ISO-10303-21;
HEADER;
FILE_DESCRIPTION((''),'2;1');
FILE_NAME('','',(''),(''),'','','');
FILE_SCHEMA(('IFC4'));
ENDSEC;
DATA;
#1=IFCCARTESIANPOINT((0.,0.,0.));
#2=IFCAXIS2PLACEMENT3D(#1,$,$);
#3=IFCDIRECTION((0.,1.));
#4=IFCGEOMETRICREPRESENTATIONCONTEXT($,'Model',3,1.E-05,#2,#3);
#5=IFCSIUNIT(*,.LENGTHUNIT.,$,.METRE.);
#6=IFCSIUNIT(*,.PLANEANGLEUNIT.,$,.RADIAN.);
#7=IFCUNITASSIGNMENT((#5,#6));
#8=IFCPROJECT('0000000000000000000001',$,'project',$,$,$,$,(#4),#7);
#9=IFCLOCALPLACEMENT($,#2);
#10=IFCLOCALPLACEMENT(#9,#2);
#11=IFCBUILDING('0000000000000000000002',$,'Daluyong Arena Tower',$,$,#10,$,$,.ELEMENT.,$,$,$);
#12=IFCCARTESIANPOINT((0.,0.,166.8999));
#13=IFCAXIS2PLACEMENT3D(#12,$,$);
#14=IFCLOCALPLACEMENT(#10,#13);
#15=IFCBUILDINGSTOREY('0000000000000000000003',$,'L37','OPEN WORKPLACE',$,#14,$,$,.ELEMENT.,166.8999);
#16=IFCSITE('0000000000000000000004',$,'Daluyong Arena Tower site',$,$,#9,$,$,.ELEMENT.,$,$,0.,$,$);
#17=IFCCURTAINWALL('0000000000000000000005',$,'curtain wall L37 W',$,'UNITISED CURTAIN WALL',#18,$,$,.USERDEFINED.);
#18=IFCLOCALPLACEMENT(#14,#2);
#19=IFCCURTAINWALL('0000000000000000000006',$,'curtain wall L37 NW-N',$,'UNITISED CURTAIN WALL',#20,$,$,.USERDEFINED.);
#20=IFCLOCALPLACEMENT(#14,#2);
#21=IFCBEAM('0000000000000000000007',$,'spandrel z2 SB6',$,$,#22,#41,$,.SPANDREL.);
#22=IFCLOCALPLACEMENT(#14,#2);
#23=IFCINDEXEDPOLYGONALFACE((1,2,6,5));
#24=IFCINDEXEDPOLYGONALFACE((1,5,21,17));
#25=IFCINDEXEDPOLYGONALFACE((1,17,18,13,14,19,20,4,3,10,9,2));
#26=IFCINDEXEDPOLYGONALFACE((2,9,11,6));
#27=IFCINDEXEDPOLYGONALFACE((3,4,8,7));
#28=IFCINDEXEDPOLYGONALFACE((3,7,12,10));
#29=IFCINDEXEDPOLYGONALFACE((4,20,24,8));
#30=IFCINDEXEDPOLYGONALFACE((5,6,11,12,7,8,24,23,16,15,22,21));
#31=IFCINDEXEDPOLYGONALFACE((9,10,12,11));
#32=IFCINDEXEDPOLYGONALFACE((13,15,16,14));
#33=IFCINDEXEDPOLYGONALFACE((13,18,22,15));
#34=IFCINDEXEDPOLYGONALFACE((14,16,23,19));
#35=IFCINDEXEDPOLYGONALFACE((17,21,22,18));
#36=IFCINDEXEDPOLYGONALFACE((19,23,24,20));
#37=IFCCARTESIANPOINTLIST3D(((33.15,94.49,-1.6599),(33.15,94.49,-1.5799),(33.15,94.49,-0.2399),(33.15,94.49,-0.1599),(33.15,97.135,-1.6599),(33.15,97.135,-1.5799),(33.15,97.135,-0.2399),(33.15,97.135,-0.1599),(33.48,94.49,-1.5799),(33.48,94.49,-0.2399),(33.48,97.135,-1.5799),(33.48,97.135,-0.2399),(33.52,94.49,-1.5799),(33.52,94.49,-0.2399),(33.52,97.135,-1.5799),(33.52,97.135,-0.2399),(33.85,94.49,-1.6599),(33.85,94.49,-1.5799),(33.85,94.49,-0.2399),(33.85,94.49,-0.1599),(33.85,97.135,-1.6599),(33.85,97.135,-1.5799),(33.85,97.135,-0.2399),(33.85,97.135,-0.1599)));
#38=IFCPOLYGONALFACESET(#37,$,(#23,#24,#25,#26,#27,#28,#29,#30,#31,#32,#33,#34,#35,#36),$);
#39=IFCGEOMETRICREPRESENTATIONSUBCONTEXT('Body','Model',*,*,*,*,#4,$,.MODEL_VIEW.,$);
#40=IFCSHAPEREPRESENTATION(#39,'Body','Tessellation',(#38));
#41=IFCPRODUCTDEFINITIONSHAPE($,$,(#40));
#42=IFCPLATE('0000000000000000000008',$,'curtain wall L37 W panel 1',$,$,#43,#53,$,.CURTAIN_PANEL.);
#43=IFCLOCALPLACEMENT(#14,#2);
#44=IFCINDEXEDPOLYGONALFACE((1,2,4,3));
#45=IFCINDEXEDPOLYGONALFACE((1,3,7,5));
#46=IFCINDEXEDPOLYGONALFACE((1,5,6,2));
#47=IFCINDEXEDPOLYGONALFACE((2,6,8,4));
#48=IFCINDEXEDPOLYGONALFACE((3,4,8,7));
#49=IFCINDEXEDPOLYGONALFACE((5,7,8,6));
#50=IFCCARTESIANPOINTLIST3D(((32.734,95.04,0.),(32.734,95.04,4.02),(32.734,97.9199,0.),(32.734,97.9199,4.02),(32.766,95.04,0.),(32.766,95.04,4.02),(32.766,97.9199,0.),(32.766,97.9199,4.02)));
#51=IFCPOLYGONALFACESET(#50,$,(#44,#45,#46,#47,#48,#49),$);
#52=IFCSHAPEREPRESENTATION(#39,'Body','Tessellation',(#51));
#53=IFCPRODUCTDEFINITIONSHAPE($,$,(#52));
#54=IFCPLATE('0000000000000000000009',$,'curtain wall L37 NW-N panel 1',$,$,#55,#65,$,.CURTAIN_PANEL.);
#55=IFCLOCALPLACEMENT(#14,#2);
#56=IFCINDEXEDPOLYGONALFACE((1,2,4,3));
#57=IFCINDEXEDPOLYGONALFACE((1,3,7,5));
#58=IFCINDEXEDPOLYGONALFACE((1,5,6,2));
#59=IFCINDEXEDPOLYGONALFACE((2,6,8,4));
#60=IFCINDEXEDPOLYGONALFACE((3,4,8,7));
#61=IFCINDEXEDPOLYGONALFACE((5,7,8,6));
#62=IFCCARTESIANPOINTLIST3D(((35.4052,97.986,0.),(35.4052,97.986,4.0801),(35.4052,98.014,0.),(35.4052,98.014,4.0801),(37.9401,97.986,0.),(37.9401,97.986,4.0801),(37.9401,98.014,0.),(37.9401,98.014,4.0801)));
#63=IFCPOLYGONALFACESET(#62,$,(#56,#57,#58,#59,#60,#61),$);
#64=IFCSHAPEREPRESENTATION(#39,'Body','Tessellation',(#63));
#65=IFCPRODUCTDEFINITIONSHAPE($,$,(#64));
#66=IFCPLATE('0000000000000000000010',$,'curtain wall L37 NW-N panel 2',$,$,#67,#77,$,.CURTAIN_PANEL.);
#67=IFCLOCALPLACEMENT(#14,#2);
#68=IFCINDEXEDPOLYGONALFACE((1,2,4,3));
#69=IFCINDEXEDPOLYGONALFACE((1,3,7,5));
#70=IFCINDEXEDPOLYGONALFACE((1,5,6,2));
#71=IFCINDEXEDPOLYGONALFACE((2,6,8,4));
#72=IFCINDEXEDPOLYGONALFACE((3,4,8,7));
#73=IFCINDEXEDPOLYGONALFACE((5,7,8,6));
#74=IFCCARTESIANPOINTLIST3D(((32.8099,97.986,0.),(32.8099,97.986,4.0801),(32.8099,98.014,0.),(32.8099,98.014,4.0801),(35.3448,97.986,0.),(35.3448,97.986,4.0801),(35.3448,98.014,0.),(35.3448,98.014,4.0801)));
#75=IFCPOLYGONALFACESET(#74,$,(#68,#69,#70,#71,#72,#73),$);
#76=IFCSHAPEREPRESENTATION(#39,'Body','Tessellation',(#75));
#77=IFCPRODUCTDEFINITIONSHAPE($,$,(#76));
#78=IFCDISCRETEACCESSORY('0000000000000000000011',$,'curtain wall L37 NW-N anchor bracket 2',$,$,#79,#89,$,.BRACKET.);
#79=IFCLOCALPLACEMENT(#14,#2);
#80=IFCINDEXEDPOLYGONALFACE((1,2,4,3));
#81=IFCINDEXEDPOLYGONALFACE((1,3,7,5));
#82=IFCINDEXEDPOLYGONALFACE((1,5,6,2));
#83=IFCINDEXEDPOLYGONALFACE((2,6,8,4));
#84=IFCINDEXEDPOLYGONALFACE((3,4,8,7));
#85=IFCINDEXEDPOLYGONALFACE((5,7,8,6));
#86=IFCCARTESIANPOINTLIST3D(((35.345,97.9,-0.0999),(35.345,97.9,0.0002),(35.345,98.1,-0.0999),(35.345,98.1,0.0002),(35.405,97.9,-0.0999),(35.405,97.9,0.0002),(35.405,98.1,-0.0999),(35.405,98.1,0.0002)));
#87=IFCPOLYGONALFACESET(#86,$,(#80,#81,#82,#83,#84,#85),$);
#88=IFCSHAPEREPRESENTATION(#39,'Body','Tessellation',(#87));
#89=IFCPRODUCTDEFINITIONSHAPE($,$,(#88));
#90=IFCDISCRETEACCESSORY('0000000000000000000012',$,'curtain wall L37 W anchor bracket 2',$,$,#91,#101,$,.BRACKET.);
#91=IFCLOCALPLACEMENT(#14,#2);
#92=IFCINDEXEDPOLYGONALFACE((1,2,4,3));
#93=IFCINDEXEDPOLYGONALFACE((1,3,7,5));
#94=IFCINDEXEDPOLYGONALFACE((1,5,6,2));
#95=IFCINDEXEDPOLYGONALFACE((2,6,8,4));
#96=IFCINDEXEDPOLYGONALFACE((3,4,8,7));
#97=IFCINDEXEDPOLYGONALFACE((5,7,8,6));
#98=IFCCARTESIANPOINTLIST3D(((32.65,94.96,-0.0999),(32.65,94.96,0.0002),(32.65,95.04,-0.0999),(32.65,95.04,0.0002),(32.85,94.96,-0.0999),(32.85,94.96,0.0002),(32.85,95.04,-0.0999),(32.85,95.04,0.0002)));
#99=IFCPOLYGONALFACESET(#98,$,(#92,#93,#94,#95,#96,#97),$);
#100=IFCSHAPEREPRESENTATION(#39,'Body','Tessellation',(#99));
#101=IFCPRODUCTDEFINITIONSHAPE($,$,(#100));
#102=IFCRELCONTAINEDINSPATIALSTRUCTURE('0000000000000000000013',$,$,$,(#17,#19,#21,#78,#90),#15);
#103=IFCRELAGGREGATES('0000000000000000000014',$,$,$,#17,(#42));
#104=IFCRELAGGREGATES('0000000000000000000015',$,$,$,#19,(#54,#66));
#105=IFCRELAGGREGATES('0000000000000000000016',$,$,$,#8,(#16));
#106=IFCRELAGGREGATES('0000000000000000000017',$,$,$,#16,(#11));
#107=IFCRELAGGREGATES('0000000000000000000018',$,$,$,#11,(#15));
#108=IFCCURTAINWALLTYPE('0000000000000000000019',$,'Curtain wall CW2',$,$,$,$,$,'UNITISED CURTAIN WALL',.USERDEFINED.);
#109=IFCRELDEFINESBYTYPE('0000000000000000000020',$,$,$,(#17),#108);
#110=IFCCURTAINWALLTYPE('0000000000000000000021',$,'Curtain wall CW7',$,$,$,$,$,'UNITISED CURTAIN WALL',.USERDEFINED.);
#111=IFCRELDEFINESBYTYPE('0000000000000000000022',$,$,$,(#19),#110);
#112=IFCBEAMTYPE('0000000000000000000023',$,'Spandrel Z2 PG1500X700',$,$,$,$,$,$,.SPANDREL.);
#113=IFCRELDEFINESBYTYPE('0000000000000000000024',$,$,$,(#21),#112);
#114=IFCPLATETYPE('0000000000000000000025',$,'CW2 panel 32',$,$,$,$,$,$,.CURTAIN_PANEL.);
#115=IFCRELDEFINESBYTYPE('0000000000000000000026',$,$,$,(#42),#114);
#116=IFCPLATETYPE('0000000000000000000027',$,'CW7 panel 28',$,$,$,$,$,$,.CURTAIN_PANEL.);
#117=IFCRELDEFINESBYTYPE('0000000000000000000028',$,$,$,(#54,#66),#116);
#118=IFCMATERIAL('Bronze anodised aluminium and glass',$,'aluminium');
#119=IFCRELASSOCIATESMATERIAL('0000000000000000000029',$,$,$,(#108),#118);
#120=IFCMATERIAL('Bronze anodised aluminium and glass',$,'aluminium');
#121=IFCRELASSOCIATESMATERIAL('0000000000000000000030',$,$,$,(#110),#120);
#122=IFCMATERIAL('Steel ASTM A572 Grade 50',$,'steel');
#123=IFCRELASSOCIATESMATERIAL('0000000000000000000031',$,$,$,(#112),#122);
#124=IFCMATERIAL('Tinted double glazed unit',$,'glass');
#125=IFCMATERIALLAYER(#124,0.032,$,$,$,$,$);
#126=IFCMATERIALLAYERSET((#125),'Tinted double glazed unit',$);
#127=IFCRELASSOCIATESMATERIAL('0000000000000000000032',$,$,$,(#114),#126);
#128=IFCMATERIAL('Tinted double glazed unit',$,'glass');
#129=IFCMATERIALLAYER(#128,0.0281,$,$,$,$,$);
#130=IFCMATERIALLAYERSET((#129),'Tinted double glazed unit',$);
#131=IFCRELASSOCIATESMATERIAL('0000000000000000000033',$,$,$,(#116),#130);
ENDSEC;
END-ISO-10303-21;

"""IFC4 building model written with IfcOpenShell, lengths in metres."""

from ifc_helpers import new_model, si_unit, direction, frame, origin, origin_2d, place, context, subcontext, project, spatial, rectangle, i_section, extrude, material, layer, layer_set, material_profile, profile_set, type_object, element, aggregate, save


model = new_model("IFC4")

# Units and contexts
model_context = context("Model", 3, precision=1e-05, world=origin(), true_north=direction((0.0, 1.0)))
body_context = subcontext(model_context, "Body", "Model", "MODEL_VIEW")
ifc_project = project(units=[si_unit("LENGTHUNIT", "METRE"), si_unit("PLANEANGLEUNIT", "RADIAN")], contexts=[model_context])

# Site, building, storey
site_placement = place(None, origin())
site = spatial("IfcSite", under=ifc_project, at=site_placement, Name="Daluyong Arena Tower site", CompositionType="ELEMENT", RefElevation=0.0)
building_placement = place(site_placement, origin())
building = spatial("IfcBuilding", under=site, at=building_placement, Name="Daluyong Arena Tower", CompositionType="ELEMENT")
storey_placement = place(building_placement, frame((0.0, 0.0, 166.8999)))
storey = spatial("IfcBuildingStorey", under=building, at=storey_placement, Name="L37", Description="OPEN WORKPLACE", CompositionType="ELEMENT", Elevation=166.8999)

# Curtain walls
ifc_material_1 = material(Name="Bronze anodised aluminium and glass", Category="aluminium")
curtain_wall_type_1 = type_object("IfcCurtainWallType", Name="Curtain wall CW2", ElementType="UNITISED CURTAIN WALL", PredefinedType="USERDEFINED", material=ifc_material_1)
curtain_wall_1_placement = place(storey_placement, origin())
curtain_wall_1 = element("IfcCurtainWall", 1, at=curtain_wall_1_placement, inside=storey, type_object=curtain_wall_type_1, Name="curtain wall L37 W", ObjectType="UNITISED CURTAIN WALL", PredefinedType="USERDEFINED")
ifc_material_2 = material(Name="Bronze anodised aluminium and glass", Category="aluminium")
curtain_wall_type_2 = type_object("IfcCurtainWallType", Name="Curtain wall CW7", ElementType="UNITISED CURTAIN WALL", PredefinedType="USERDEFINED", material=ifc_material_2)
curtain_wall_2_placement = place(storey_placement, origin())
curtain_wall_2 = element("IfcCurtainWall", 2, at=curtain_wall_2_placement, inside=storey, type_object=curtain_wall_type_2, Name="curtain wall L37 NW-N", ObjectType="UNITISED CURTAIN WALL", PredefinedType="USERDEFINED")

# Beam
ifc_material_3 = material(Name="Steel ASTM A572 Grade 50", Category="steel")
ifc_material_profile_1 = material_profile(ifc_material_3, i_section(OverallWidth=0.7, OverallDepth=1.5, WebThickness=0.04, FlangeThickness=0.08, at=origin_2d()))
ifc_profile_set_1 = profile_set([ifc_material_profile_1], Name="Steel ASTM A572 Grade 50")
beam_type = type_object("IfcBeamType", Name="Spandrel Z2 PG1500X700", PredefinedType="SPANDREL", material=ifc_profile_set_1)
beam_1_placement = place(storey_placement, frame((33.5, 97.135, -0.9099), z_axis=(0.0, -1.0, 0.0), x_axis=(1.0, 0.0, 0.0)))
element("IfcBeam", 3, at=beam_1_placement, inside=storey, type_object=beam_type, Name="spandrel z2 SB6", PredefinedType="SPANDREL", context=body_context, shape_type="SweptSolid", body=[
    extrude(i_section(OverallWidth=0.7, OverallDepth=1.5, WebThickness=0.04, FlangeThickness=0.08, at=origin_2d()), origin(), (0.0, 0.0, 1.0), 2.645),
])

# Plates
ifc_material_4 = material(Name="Tinted double glazed unit", Category="glass")
ifc_layer_1 = layer(ifc_material_4, 0.032)
ifc_layer_set_1 = layer_set([ifc_layer_1], Name="Tinted double glazed unit")
plate_type_1 = type_object("IfcPlateType", Name="CW2 panel 32", PredefinedType="CURTAIN_PANEL", material=ifc_layer_set_1)
plate_1_placement = place(storey_placement, frame((32.75, 96.48, 0.0), z_axis=(0.0, 0.0, 1.0), x_axis=(0.0, -1.0, 0.0)))
plate_1 = element("IfcPlate", 4, at=plate_1_placement, type_object=plate_type_1, Name="curtain wall L37 W panel 1", PredefinedType="CURTAIN_PANEL", context=body_context, shape_type="SweptSolid", body=[
    extrude(rectangle(XDim=2.8799, YDim=0.032, at=origin_2d()), origin(), (0.0, 0.0, 1.0), 4.02),
])
aggregate(curtain_wall_1, [plate_1])
ifc_material_5 = material(Name="Tinted double glazed unit", Category="glass")
ifc_layer_2 = layer(ifc_material_5, 0.0281)
ifc_layer_set_2 = layer_set([ifc_layer_2], Name="Tinted double glazed unit")
plate_type_2 = type_object("IfcPlateType", Name="CW7 panel 28", PredefinedType="CURTAIN_PANEL", material=ifc_layer_set_2)
plate_2_placement = place(storey_placement, frame((36.6726, 98.0, 0.0), z_axis=(0.0, 0.0, 1.0), x_axis=(-1.0, 0.0, 0.0)))
plate_2 = element("IfcPlate", 5, at=plate_2_placement, type_object=plate_type_2, Name="curtain wall L37 NW-N panel 1", PredefinedType="CURTAIN_PANEL", context=body_context, shape_type="SweptSolid", body=[
    extrude(rectangle(XDim=2.5349, YDim=0.0281, at=origin_2d()), origin(), (0.0, 0.0, 1.0), 4.0801),
])
plate_3_placement = place(storey_placement, frame((34.0774, 98.0, 0.0), z_axis=(0.0, 0.0, 1.0), x_axis=(-1.0, 0.0, 0.0)))
plate_3 = element("IfcPlate", 6, at=plate_3_placement, type_object=plate_type_2, Name="curtain wall L37 NW-N panel 2", PredefinedType="CURTAIN_PANEL", context=body_context, shape_type="SweptSolid", body=[
    extrude(rectangle(XDim=2.5349, YDim=0.0281, at=origin_2d()), origin(), (0.0, 0.0, 1.0), 4.0801),
])
aggregate(curtain_wall_2, [plate_2, plate_3])

# Discrete accessories
discrete_accessory_1_placement = place(storey_placement, frame((35.375, 98.0, -0.0999), z_axis=(0.0, 0.0, 1.0), x_axis=(-1.0, 0.0, 0.0)))
element("IfcDiscreteAccessory", 7, at=discrete_accessory_1_placement, inside=storey, Name="curtain wall L37 NW-N anchor bracket 2", PredefinedType="BRACKET", context=body_context, shape_type="SweptSolid", body=[
    extrude(rectangle(XDim=0.0601, YDim=0.2, at=origin_2d()), origin(), (0.0, 0.0, 1.0), 0.1001),
])
discrete_accessory_2_placement = place(storey_placement, frame((32.75, 95.0, -0.0999), z_axis=(0.0, 0.0, 1.0), x_axis=(0.0, -1.0, 0.0)))
element("IfcDiscreteAccessory", 8, at=discrete_accessory_2_placement, inside=storey, Name="curtain wall L37 W anchor bracket 2", PredefinedType="BRACKET", context=body_context, shape_type="SweptSolid", body=[
    extrude(rectangle(XDim=0.0801, YDim=0.2, at=origin_2d()), origin(), (0.0, 0.0, 1.0), 0.1001),
])

save(model, "model.ifc")
